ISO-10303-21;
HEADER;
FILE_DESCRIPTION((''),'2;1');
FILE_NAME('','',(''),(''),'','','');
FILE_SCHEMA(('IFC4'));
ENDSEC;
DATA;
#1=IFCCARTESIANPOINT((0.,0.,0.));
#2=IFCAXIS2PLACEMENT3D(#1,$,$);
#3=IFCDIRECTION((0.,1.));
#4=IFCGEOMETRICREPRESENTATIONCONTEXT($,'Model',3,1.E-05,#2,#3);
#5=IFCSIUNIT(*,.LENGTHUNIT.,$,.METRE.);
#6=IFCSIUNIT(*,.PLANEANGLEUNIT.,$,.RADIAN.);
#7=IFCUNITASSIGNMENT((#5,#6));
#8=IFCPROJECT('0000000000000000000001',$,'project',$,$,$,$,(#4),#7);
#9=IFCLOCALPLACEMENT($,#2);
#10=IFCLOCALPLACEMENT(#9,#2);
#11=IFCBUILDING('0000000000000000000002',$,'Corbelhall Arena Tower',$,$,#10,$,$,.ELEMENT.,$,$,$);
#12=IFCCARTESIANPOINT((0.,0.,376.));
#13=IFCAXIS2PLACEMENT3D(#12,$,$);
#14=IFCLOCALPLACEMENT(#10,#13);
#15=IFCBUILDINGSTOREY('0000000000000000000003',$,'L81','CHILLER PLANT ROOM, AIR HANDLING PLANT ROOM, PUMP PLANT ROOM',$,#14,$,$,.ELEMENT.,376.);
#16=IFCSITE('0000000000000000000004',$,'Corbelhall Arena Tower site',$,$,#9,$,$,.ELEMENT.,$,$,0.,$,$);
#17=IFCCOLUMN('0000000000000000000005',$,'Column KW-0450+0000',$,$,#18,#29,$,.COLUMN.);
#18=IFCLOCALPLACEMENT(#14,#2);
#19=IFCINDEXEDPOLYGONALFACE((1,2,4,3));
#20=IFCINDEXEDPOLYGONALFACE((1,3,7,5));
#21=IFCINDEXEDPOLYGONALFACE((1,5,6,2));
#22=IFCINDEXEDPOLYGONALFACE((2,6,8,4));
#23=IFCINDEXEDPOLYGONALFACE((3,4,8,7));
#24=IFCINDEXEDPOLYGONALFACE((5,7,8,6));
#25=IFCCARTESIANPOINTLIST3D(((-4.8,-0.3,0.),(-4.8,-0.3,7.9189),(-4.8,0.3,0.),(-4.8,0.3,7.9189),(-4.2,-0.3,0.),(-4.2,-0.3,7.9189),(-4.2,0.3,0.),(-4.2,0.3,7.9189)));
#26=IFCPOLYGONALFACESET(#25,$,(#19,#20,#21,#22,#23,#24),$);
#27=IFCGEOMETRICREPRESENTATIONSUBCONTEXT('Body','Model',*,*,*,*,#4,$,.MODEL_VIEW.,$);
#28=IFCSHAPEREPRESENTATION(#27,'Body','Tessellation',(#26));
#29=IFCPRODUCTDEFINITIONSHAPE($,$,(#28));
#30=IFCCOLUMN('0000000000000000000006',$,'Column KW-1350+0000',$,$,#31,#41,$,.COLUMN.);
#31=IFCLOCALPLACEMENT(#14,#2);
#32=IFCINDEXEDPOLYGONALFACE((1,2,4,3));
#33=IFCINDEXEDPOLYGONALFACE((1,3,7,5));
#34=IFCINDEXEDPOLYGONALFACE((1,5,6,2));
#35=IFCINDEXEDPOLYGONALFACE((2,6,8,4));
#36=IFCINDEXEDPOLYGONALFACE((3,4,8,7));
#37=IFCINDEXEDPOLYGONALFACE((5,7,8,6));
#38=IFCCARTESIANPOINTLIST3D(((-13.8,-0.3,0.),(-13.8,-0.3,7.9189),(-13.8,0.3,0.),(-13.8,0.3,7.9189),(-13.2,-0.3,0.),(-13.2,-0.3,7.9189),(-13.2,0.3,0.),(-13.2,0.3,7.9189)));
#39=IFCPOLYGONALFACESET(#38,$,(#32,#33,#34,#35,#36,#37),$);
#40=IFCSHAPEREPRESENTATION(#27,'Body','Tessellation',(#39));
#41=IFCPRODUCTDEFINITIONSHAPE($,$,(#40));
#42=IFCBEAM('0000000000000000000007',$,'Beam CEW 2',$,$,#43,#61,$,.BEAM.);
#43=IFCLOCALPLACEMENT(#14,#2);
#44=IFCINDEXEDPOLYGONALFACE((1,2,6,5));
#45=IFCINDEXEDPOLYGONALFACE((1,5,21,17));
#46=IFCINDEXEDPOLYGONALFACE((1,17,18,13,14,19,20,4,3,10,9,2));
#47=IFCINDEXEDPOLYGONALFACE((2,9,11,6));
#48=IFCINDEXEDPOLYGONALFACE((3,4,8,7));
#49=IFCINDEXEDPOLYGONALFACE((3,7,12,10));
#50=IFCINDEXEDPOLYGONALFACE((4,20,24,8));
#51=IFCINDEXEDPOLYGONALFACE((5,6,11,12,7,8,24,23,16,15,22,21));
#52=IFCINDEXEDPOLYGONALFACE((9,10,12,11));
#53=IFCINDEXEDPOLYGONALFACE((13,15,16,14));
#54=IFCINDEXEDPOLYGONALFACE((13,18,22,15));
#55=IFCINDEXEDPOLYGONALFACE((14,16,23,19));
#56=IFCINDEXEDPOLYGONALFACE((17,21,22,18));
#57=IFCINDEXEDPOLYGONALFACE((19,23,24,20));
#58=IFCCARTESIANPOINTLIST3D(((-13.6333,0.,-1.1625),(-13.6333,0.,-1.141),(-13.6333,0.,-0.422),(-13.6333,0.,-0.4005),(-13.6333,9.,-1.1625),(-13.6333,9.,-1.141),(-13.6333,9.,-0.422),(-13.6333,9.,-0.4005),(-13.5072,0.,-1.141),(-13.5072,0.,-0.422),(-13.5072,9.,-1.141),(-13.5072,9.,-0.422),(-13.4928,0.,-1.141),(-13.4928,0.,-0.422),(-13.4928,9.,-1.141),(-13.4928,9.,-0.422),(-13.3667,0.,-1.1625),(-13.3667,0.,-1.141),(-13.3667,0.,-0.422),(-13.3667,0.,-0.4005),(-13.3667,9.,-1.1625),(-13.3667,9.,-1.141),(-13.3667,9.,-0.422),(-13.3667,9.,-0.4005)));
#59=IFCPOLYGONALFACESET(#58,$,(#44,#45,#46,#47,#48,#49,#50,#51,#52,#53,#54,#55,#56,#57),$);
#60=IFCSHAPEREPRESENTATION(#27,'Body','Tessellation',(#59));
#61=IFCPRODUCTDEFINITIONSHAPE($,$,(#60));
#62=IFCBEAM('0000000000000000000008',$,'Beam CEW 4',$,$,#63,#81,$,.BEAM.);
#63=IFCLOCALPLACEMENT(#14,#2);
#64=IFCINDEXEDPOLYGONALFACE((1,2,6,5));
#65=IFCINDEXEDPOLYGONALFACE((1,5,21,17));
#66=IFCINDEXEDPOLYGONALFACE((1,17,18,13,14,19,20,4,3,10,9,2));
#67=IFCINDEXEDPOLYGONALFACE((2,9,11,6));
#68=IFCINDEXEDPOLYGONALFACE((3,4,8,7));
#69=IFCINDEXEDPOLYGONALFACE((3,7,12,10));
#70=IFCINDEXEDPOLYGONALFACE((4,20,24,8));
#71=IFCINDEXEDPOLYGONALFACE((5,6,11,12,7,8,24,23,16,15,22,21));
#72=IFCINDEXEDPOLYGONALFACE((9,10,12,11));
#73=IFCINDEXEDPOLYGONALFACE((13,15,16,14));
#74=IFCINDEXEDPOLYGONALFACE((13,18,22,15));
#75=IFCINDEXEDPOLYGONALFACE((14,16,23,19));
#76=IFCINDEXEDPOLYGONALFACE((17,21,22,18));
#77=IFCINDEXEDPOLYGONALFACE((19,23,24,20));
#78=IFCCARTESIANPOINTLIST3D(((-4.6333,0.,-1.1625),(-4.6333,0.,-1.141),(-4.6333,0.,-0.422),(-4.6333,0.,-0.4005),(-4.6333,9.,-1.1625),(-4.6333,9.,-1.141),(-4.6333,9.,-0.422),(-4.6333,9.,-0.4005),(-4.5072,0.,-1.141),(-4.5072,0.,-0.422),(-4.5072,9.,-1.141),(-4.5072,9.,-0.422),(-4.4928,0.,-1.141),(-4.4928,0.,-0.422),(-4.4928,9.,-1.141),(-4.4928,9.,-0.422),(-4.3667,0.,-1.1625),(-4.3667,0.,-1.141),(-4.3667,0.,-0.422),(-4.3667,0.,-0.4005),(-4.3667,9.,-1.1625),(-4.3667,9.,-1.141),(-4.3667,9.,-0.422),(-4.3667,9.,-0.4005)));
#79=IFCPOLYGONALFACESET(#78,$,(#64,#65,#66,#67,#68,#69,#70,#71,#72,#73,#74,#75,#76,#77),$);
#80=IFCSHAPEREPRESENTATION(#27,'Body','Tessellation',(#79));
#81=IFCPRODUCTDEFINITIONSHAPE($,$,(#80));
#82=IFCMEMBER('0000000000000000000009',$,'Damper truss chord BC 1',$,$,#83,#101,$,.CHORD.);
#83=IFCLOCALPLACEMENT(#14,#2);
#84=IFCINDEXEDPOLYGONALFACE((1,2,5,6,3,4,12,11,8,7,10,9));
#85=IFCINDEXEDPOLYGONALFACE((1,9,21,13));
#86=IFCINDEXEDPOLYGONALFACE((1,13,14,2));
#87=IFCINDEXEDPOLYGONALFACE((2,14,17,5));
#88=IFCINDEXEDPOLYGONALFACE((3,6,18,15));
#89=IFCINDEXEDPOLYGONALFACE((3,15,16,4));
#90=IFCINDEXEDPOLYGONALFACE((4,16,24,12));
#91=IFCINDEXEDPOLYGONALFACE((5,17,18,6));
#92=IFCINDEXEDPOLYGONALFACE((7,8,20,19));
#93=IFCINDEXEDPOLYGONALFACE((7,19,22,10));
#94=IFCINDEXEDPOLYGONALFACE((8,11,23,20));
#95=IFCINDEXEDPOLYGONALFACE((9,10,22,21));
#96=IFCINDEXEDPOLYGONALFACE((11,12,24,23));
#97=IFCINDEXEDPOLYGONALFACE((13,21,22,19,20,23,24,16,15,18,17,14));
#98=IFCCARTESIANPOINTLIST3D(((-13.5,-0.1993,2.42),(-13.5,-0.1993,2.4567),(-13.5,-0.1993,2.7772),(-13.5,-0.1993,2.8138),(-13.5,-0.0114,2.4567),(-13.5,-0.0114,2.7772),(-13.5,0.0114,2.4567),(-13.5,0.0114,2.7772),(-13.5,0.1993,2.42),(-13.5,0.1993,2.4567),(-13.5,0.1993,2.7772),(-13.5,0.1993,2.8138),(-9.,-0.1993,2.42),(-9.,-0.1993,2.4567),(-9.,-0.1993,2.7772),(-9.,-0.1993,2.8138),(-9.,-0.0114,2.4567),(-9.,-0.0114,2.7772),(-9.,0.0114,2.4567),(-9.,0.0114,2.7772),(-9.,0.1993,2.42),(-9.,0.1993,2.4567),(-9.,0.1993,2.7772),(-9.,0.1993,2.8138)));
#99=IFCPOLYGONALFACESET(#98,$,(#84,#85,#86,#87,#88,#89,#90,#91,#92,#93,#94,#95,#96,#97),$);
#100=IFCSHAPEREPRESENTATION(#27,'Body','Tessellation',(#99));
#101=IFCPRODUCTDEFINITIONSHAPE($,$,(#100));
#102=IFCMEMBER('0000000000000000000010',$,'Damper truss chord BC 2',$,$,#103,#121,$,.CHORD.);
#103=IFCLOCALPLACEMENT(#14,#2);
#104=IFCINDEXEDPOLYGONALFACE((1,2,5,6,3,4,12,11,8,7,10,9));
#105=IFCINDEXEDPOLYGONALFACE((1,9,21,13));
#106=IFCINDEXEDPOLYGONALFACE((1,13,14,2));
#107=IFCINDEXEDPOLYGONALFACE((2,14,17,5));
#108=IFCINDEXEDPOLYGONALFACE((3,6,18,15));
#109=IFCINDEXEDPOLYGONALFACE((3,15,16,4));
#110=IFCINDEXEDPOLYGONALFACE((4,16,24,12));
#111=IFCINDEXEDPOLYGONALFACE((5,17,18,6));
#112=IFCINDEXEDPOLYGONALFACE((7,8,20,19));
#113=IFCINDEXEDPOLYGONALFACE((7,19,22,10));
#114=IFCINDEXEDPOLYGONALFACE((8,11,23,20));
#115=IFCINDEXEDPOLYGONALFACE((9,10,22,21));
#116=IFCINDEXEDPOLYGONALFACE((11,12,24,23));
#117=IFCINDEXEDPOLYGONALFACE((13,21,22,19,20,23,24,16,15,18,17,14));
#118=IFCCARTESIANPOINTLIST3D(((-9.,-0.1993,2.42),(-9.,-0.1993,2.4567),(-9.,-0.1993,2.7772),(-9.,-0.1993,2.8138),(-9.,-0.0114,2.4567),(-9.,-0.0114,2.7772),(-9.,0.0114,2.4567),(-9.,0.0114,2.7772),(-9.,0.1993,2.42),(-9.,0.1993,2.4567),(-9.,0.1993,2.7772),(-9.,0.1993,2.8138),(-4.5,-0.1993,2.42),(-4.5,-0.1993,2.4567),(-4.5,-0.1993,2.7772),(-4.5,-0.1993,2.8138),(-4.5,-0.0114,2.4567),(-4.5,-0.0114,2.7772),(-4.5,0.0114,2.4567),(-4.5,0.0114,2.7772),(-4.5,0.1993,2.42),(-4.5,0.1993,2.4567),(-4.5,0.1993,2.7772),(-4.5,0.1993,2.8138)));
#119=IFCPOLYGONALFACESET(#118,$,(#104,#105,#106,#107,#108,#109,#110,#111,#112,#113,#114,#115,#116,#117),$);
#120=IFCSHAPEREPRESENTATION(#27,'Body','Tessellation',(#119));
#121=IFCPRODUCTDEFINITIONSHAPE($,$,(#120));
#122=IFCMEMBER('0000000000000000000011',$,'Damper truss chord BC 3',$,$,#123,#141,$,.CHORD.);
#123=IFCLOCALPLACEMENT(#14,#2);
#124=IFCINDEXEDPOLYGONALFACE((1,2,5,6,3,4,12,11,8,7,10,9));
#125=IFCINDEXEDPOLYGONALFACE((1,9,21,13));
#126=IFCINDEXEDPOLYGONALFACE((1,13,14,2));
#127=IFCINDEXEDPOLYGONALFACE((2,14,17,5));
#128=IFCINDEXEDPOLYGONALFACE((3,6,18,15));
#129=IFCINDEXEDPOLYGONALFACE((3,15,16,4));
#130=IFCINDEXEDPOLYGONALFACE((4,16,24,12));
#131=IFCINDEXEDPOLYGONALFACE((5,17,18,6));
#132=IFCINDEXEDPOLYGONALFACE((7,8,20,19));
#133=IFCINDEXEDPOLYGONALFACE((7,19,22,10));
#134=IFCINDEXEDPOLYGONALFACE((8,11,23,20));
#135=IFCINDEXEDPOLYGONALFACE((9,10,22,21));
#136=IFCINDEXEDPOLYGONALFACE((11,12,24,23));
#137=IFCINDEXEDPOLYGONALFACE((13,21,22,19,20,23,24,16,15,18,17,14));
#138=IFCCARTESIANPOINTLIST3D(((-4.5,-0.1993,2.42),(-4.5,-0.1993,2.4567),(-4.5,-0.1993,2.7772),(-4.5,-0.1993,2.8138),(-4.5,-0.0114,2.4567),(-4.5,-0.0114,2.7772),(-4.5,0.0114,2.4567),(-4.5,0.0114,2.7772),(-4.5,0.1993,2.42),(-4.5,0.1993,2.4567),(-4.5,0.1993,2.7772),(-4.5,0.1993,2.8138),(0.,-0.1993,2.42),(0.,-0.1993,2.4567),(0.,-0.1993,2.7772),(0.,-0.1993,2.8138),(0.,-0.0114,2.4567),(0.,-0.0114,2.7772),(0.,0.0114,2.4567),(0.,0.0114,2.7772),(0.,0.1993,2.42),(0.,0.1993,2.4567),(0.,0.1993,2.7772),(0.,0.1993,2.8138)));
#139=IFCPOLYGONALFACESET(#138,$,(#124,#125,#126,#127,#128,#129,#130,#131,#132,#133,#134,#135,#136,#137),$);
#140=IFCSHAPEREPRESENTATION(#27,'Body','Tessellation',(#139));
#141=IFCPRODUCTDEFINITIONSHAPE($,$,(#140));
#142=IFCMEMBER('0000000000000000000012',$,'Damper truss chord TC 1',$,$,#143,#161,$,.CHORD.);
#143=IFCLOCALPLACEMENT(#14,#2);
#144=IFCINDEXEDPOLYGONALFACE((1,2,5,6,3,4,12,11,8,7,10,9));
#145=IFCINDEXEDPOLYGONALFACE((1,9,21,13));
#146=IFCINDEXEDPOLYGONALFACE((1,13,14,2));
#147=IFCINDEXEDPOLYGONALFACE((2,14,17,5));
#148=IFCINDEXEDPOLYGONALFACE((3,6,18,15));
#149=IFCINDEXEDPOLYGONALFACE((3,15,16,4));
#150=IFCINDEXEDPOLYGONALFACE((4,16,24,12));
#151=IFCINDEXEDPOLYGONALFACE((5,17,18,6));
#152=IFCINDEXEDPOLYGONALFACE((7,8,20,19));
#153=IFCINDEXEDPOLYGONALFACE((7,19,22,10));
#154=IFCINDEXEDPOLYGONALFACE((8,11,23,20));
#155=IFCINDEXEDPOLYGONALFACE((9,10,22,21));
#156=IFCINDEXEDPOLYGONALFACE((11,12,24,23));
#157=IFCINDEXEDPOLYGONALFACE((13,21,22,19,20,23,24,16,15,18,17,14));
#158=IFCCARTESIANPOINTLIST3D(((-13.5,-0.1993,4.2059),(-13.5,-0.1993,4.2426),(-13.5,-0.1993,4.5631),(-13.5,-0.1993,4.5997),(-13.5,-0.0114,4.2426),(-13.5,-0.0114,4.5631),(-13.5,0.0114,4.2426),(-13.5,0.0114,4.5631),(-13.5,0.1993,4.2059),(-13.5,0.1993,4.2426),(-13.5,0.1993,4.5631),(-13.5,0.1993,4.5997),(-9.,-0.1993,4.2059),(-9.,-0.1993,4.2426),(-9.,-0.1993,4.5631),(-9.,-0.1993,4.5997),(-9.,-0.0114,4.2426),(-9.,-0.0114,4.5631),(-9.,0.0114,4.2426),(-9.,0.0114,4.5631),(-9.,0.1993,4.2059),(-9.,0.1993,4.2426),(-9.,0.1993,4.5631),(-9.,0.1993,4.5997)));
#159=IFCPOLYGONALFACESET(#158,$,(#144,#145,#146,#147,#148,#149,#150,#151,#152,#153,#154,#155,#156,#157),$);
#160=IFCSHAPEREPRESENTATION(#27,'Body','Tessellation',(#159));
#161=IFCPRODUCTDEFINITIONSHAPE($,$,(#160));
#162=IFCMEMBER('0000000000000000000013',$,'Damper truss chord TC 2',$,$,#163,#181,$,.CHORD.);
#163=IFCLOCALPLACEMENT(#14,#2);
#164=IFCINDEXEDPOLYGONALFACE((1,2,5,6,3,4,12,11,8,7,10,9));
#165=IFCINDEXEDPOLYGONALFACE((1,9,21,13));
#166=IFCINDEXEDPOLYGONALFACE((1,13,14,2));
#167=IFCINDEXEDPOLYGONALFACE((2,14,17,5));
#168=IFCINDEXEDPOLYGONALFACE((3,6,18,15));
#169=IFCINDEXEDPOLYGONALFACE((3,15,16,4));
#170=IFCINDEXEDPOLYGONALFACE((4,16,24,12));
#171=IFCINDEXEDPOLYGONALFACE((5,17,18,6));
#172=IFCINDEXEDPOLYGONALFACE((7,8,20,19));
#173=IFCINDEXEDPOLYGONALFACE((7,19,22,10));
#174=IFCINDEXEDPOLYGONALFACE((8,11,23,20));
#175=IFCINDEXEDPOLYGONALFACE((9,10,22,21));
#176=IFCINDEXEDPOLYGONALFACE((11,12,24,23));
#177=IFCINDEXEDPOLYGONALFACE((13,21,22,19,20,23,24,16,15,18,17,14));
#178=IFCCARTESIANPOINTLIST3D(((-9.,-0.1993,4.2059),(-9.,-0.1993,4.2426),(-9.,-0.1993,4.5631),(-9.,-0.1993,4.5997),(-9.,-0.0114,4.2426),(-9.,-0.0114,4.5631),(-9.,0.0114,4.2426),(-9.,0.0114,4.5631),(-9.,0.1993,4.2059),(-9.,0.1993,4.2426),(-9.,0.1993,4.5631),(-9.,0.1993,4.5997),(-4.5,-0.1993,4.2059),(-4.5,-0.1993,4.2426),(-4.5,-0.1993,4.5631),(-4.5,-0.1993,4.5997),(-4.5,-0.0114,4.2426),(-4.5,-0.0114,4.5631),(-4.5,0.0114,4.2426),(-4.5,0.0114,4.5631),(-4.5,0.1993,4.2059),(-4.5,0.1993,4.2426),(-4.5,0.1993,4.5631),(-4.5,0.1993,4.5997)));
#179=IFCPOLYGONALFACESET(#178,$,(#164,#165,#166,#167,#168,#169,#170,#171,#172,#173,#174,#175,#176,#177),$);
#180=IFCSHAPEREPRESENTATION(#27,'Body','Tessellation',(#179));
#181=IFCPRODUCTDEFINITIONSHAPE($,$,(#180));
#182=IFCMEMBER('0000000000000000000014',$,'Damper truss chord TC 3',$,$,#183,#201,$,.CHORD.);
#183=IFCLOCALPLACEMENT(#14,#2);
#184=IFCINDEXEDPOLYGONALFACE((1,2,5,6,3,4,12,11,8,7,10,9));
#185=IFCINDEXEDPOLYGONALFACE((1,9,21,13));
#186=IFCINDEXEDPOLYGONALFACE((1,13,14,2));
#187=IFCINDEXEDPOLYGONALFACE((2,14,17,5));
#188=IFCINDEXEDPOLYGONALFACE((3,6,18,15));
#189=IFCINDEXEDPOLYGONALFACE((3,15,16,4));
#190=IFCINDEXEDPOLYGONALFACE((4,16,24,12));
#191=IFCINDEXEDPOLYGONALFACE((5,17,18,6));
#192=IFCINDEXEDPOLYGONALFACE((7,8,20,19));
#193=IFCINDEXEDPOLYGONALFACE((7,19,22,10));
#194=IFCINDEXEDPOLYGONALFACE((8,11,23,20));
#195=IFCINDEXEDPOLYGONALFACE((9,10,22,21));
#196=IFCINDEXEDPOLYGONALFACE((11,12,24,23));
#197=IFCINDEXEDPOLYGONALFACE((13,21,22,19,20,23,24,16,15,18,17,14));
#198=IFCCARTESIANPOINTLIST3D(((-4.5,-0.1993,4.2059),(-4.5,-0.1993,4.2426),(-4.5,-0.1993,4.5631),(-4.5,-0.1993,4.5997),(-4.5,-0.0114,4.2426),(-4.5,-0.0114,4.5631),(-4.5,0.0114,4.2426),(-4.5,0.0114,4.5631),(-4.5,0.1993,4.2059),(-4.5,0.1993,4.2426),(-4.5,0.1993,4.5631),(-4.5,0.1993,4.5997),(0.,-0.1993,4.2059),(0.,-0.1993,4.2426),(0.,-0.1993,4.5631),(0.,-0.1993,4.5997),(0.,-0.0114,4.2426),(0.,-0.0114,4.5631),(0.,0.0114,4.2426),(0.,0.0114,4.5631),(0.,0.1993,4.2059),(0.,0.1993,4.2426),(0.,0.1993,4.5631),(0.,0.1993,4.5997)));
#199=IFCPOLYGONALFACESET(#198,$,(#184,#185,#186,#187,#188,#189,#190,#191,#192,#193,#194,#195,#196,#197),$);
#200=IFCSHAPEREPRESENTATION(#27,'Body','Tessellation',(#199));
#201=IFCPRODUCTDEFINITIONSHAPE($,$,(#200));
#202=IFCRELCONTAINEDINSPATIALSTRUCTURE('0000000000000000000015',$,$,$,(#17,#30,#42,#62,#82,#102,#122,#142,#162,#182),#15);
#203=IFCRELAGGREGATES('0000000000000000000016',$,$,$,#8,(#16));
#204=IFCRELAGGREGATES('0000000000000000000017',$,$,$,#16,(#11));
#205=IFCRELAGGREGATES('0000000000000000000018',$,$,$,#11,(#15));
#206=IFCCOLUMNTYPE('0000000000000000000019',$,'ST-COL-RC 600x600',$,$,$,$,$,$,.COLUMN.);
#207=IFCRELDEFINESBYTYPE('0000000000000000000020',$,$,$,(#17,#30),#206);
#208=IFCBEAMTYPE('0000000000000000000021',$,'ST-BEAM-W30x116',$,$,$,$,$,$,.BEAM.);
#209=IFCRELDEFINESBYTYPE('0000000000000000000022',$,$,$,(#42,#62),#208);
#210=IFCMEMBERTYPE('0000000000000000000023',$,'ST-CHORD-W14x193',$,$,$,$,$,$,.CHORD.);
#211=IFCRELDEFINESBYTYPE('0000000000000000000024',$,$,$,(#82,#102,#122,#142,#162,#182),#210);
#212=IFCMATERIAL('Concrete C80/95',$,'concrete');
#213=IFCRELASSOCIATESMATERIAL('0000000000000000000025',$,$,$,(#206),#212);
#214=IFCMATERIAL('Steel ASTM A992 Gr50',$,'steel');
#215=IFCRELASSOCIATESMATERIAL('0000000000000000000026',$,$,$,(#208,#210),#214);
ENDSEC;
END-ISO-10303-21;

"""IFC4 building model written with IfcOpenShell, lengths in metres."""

from ifc_helpers import new_model, si_unit, direction, frame, origin, origin_2d, place, context, subcontext, project, spatial, rectangle, i_section, extrude, material, material_profile, profile_set, type_object, element, save


model = new_model("IFC4")

# Units and contexts
model_context = context("Model", 3, precision=1e-05, world=origin(), true_north=direction((0.0, 1.0)))
body_context = subcontext(model_context, "Body", "Model", "MODEL_VIEW")
ifc_project = project(units=[si_unit("LENGTHUNIT", "METRE"), si_unit("PLANEANGLEUNIT", "RADIAN")], contexts=[model_context])

# Site, building, storey
site_placement = place(None, origin())
site = spatial("IfcSite", under=ifc_project, at=site_placement, Name="Corbelhall Arena Tower site", CompositionType="ELEMENT", RefElevation=0.0)
building_placement = place(site_placement, origin())
building = spatial("IfcBuilding", under=site, at=building_placement, Name="Corbelhall Arena Tower", CompositionType="ELEMENT")
storey_placement = place(building_placement, frame((0.0, 0.0, 376.0)))
storey = spatial("IfcBuildingStorey", under=building, at=storey_placement, Name="L81", Description="CHILLER PLANT ROOM, AIR HANDLING PLANT ROOM, PUMP PLANT ROOM", CompositionType="ELEMENT", Elevation=376.0)

# Columns
ifc_material_1 = material(Name="Concrete C80/95", Category="concrete")
ifc_material_profile_1 = material_profile(ifc_material_1, rectangle(XDim=0.6001, YDim=0.6001, at=origin_2d()))
ifc_profile_set_1 = profile_set([ifc_material_profile_1], Name="Concrete C80/95")
column_type = type_object("IfcColumnType", Name="ST-COL-RC 600x600", PredefinedType="COLUMN", material=ifc_profile_set_1)
for number, where, z_axis, x_axis, name in (
    (1, (-4.5, 0.0, 0.0), (0.0, 0.0, 1.0), (1.0, 0.0, 0.0), "Column KW-0450+0000"),
    (2, (-13.5, 0.0, 0.0), (0.0, 0.0, 1.0), (1.0, 0.0, 0.0), "Column KW-1350+0000"),
):
    element("IfcColumn", number, at=place(storey_placement, frame(where, z_axis=z_axis, x_axis=x_axis)), inside=storey, type_object=column_type, Name=name, PredefinedType="COLUMN", context=body_context, shape_type="SweptSolid", body=[
        extrude(rectangle(XDim=0.6001, YDim=0.6001, at=origin_2d()), origin(), (0.0, 0.0, 1.0), 7.9189),
    ])

# Beams
ifc_material_2 = material(Name="Steel ASTM A992 Gr50", Category="steel")
ifc_material_profile_2 = material_profile(ifc_material_2, i_section(OverallWidth=0.2666, OverallDepth=0.762, WebThickness=0.0144, FlangeThickness=0.0215, at=origin_2d()))
ifc_profile_set_2 = profile_set([ifc_material_profile_2], Name="Steel ASTM A992 Gr50")
beam_type = type_object("IfcBeamType", Name="ST-BEAM-W30x116", PredefinedType="BEAM", material=ifc_profile_set_2)
for number, where, z_axis, x_axis, name in (
    (3, (-13.5, 0.0, -0.7815), (0.0, 1.0, 0.0), (-1.0, 0.0, 0.0), "Beam CEW 2"),
    (4, (-4.5, 0.0, -0.7815), (0.0, 1.0, 0.0), (-1.0, 0.0, 0.0), "Beam CEW 4"),
):
    element("IfcBeam", number, at=place(storey_placement, frame(where, z_axis=z_axis, x_axis=x_axis)), inside=storey, type_object=beam_type, Name=name, PredefinedType="BEAM", context=body_context, shape_type="SweptSolid", body=[
        extrude(i_section(OverallWidth=0.2666, OverallDepth=0.762, WebThickness=0.0144, FlangeThickness=0.0215, at=origin_2d()), origin(), (0.0, 0.0, 1.0), 9.0),
    ])

# Members
ifc_material_profile_3 = material_profile(ifc_material_2, i_section(OverallWidth=0.3987, OverallDepth=0.3938, WebThickness=0.0227, FlangeThickness=0.0366, at=origin_2d()))
ifc_profile_set_3 = profile_set([ifc_material_profile_3], Name="Steel ASTM A992 Gr50")
member_type_1 = type_object("IfcMemberType", Name="ST-CHORD-W14x193", PredefinedType="CHORD", material=ifc_profile_set_3)
for number, where, z_axis, x_axis, name in (
    (5, (-13.5, 0.0, 2.6169), (1.0, 0.0, 0.0), (0.0, 1.0, 0.0), "Damper truss chord BC 1"),
    (6, (-9.0, 0.0, 2.6169), (1.0, 0.0, 0.0), (0.0, 1.0, 0.0), "Damper truss chord BC 2"),
    (7, (-4.5, 0.0, 2.6169), (1.0, 0.0, 0.0), (0.0, 1.0, 0.0), "Damper truss chord BC 3"),
    (8, (-13.5, 0.0, 4.4028), (1.0, 0.0, 0.0), (0.0, 1.0, 0.0), "Damper truss chord TC 1"),
    (9, (-9.0, 0.0, 4.4028), (1.0, 0.0, 0.0), (0.0, 1.0, 0.0), "Damper truss chord TC 2"),
    (10, (-4.5, 0.0, 4.4028), (1.0, 0.0, 0.0), (0.0, 1.0, 0.0), "Damper truss chord TC 3"),
):
    element("IfcMember", number, at=place(storey_placement, frame(where, z_axis=z_axis, x_axis=x_axis)), inside=storey, type_object=member_type_1, Name=name, PredefinedType="CHORD", context=body_context, shape_type="SweptSolid", body=[
        extrude(i_section(OverallWidth=0.3987, OverallDepth=0.3938, WebThickness=0.0227, FlangeThickness=0.0366, at=origin_2d()), origin(), (0.0, 0.0, 1.0), 4.5),
    ])

save(model, "model.ifc")
